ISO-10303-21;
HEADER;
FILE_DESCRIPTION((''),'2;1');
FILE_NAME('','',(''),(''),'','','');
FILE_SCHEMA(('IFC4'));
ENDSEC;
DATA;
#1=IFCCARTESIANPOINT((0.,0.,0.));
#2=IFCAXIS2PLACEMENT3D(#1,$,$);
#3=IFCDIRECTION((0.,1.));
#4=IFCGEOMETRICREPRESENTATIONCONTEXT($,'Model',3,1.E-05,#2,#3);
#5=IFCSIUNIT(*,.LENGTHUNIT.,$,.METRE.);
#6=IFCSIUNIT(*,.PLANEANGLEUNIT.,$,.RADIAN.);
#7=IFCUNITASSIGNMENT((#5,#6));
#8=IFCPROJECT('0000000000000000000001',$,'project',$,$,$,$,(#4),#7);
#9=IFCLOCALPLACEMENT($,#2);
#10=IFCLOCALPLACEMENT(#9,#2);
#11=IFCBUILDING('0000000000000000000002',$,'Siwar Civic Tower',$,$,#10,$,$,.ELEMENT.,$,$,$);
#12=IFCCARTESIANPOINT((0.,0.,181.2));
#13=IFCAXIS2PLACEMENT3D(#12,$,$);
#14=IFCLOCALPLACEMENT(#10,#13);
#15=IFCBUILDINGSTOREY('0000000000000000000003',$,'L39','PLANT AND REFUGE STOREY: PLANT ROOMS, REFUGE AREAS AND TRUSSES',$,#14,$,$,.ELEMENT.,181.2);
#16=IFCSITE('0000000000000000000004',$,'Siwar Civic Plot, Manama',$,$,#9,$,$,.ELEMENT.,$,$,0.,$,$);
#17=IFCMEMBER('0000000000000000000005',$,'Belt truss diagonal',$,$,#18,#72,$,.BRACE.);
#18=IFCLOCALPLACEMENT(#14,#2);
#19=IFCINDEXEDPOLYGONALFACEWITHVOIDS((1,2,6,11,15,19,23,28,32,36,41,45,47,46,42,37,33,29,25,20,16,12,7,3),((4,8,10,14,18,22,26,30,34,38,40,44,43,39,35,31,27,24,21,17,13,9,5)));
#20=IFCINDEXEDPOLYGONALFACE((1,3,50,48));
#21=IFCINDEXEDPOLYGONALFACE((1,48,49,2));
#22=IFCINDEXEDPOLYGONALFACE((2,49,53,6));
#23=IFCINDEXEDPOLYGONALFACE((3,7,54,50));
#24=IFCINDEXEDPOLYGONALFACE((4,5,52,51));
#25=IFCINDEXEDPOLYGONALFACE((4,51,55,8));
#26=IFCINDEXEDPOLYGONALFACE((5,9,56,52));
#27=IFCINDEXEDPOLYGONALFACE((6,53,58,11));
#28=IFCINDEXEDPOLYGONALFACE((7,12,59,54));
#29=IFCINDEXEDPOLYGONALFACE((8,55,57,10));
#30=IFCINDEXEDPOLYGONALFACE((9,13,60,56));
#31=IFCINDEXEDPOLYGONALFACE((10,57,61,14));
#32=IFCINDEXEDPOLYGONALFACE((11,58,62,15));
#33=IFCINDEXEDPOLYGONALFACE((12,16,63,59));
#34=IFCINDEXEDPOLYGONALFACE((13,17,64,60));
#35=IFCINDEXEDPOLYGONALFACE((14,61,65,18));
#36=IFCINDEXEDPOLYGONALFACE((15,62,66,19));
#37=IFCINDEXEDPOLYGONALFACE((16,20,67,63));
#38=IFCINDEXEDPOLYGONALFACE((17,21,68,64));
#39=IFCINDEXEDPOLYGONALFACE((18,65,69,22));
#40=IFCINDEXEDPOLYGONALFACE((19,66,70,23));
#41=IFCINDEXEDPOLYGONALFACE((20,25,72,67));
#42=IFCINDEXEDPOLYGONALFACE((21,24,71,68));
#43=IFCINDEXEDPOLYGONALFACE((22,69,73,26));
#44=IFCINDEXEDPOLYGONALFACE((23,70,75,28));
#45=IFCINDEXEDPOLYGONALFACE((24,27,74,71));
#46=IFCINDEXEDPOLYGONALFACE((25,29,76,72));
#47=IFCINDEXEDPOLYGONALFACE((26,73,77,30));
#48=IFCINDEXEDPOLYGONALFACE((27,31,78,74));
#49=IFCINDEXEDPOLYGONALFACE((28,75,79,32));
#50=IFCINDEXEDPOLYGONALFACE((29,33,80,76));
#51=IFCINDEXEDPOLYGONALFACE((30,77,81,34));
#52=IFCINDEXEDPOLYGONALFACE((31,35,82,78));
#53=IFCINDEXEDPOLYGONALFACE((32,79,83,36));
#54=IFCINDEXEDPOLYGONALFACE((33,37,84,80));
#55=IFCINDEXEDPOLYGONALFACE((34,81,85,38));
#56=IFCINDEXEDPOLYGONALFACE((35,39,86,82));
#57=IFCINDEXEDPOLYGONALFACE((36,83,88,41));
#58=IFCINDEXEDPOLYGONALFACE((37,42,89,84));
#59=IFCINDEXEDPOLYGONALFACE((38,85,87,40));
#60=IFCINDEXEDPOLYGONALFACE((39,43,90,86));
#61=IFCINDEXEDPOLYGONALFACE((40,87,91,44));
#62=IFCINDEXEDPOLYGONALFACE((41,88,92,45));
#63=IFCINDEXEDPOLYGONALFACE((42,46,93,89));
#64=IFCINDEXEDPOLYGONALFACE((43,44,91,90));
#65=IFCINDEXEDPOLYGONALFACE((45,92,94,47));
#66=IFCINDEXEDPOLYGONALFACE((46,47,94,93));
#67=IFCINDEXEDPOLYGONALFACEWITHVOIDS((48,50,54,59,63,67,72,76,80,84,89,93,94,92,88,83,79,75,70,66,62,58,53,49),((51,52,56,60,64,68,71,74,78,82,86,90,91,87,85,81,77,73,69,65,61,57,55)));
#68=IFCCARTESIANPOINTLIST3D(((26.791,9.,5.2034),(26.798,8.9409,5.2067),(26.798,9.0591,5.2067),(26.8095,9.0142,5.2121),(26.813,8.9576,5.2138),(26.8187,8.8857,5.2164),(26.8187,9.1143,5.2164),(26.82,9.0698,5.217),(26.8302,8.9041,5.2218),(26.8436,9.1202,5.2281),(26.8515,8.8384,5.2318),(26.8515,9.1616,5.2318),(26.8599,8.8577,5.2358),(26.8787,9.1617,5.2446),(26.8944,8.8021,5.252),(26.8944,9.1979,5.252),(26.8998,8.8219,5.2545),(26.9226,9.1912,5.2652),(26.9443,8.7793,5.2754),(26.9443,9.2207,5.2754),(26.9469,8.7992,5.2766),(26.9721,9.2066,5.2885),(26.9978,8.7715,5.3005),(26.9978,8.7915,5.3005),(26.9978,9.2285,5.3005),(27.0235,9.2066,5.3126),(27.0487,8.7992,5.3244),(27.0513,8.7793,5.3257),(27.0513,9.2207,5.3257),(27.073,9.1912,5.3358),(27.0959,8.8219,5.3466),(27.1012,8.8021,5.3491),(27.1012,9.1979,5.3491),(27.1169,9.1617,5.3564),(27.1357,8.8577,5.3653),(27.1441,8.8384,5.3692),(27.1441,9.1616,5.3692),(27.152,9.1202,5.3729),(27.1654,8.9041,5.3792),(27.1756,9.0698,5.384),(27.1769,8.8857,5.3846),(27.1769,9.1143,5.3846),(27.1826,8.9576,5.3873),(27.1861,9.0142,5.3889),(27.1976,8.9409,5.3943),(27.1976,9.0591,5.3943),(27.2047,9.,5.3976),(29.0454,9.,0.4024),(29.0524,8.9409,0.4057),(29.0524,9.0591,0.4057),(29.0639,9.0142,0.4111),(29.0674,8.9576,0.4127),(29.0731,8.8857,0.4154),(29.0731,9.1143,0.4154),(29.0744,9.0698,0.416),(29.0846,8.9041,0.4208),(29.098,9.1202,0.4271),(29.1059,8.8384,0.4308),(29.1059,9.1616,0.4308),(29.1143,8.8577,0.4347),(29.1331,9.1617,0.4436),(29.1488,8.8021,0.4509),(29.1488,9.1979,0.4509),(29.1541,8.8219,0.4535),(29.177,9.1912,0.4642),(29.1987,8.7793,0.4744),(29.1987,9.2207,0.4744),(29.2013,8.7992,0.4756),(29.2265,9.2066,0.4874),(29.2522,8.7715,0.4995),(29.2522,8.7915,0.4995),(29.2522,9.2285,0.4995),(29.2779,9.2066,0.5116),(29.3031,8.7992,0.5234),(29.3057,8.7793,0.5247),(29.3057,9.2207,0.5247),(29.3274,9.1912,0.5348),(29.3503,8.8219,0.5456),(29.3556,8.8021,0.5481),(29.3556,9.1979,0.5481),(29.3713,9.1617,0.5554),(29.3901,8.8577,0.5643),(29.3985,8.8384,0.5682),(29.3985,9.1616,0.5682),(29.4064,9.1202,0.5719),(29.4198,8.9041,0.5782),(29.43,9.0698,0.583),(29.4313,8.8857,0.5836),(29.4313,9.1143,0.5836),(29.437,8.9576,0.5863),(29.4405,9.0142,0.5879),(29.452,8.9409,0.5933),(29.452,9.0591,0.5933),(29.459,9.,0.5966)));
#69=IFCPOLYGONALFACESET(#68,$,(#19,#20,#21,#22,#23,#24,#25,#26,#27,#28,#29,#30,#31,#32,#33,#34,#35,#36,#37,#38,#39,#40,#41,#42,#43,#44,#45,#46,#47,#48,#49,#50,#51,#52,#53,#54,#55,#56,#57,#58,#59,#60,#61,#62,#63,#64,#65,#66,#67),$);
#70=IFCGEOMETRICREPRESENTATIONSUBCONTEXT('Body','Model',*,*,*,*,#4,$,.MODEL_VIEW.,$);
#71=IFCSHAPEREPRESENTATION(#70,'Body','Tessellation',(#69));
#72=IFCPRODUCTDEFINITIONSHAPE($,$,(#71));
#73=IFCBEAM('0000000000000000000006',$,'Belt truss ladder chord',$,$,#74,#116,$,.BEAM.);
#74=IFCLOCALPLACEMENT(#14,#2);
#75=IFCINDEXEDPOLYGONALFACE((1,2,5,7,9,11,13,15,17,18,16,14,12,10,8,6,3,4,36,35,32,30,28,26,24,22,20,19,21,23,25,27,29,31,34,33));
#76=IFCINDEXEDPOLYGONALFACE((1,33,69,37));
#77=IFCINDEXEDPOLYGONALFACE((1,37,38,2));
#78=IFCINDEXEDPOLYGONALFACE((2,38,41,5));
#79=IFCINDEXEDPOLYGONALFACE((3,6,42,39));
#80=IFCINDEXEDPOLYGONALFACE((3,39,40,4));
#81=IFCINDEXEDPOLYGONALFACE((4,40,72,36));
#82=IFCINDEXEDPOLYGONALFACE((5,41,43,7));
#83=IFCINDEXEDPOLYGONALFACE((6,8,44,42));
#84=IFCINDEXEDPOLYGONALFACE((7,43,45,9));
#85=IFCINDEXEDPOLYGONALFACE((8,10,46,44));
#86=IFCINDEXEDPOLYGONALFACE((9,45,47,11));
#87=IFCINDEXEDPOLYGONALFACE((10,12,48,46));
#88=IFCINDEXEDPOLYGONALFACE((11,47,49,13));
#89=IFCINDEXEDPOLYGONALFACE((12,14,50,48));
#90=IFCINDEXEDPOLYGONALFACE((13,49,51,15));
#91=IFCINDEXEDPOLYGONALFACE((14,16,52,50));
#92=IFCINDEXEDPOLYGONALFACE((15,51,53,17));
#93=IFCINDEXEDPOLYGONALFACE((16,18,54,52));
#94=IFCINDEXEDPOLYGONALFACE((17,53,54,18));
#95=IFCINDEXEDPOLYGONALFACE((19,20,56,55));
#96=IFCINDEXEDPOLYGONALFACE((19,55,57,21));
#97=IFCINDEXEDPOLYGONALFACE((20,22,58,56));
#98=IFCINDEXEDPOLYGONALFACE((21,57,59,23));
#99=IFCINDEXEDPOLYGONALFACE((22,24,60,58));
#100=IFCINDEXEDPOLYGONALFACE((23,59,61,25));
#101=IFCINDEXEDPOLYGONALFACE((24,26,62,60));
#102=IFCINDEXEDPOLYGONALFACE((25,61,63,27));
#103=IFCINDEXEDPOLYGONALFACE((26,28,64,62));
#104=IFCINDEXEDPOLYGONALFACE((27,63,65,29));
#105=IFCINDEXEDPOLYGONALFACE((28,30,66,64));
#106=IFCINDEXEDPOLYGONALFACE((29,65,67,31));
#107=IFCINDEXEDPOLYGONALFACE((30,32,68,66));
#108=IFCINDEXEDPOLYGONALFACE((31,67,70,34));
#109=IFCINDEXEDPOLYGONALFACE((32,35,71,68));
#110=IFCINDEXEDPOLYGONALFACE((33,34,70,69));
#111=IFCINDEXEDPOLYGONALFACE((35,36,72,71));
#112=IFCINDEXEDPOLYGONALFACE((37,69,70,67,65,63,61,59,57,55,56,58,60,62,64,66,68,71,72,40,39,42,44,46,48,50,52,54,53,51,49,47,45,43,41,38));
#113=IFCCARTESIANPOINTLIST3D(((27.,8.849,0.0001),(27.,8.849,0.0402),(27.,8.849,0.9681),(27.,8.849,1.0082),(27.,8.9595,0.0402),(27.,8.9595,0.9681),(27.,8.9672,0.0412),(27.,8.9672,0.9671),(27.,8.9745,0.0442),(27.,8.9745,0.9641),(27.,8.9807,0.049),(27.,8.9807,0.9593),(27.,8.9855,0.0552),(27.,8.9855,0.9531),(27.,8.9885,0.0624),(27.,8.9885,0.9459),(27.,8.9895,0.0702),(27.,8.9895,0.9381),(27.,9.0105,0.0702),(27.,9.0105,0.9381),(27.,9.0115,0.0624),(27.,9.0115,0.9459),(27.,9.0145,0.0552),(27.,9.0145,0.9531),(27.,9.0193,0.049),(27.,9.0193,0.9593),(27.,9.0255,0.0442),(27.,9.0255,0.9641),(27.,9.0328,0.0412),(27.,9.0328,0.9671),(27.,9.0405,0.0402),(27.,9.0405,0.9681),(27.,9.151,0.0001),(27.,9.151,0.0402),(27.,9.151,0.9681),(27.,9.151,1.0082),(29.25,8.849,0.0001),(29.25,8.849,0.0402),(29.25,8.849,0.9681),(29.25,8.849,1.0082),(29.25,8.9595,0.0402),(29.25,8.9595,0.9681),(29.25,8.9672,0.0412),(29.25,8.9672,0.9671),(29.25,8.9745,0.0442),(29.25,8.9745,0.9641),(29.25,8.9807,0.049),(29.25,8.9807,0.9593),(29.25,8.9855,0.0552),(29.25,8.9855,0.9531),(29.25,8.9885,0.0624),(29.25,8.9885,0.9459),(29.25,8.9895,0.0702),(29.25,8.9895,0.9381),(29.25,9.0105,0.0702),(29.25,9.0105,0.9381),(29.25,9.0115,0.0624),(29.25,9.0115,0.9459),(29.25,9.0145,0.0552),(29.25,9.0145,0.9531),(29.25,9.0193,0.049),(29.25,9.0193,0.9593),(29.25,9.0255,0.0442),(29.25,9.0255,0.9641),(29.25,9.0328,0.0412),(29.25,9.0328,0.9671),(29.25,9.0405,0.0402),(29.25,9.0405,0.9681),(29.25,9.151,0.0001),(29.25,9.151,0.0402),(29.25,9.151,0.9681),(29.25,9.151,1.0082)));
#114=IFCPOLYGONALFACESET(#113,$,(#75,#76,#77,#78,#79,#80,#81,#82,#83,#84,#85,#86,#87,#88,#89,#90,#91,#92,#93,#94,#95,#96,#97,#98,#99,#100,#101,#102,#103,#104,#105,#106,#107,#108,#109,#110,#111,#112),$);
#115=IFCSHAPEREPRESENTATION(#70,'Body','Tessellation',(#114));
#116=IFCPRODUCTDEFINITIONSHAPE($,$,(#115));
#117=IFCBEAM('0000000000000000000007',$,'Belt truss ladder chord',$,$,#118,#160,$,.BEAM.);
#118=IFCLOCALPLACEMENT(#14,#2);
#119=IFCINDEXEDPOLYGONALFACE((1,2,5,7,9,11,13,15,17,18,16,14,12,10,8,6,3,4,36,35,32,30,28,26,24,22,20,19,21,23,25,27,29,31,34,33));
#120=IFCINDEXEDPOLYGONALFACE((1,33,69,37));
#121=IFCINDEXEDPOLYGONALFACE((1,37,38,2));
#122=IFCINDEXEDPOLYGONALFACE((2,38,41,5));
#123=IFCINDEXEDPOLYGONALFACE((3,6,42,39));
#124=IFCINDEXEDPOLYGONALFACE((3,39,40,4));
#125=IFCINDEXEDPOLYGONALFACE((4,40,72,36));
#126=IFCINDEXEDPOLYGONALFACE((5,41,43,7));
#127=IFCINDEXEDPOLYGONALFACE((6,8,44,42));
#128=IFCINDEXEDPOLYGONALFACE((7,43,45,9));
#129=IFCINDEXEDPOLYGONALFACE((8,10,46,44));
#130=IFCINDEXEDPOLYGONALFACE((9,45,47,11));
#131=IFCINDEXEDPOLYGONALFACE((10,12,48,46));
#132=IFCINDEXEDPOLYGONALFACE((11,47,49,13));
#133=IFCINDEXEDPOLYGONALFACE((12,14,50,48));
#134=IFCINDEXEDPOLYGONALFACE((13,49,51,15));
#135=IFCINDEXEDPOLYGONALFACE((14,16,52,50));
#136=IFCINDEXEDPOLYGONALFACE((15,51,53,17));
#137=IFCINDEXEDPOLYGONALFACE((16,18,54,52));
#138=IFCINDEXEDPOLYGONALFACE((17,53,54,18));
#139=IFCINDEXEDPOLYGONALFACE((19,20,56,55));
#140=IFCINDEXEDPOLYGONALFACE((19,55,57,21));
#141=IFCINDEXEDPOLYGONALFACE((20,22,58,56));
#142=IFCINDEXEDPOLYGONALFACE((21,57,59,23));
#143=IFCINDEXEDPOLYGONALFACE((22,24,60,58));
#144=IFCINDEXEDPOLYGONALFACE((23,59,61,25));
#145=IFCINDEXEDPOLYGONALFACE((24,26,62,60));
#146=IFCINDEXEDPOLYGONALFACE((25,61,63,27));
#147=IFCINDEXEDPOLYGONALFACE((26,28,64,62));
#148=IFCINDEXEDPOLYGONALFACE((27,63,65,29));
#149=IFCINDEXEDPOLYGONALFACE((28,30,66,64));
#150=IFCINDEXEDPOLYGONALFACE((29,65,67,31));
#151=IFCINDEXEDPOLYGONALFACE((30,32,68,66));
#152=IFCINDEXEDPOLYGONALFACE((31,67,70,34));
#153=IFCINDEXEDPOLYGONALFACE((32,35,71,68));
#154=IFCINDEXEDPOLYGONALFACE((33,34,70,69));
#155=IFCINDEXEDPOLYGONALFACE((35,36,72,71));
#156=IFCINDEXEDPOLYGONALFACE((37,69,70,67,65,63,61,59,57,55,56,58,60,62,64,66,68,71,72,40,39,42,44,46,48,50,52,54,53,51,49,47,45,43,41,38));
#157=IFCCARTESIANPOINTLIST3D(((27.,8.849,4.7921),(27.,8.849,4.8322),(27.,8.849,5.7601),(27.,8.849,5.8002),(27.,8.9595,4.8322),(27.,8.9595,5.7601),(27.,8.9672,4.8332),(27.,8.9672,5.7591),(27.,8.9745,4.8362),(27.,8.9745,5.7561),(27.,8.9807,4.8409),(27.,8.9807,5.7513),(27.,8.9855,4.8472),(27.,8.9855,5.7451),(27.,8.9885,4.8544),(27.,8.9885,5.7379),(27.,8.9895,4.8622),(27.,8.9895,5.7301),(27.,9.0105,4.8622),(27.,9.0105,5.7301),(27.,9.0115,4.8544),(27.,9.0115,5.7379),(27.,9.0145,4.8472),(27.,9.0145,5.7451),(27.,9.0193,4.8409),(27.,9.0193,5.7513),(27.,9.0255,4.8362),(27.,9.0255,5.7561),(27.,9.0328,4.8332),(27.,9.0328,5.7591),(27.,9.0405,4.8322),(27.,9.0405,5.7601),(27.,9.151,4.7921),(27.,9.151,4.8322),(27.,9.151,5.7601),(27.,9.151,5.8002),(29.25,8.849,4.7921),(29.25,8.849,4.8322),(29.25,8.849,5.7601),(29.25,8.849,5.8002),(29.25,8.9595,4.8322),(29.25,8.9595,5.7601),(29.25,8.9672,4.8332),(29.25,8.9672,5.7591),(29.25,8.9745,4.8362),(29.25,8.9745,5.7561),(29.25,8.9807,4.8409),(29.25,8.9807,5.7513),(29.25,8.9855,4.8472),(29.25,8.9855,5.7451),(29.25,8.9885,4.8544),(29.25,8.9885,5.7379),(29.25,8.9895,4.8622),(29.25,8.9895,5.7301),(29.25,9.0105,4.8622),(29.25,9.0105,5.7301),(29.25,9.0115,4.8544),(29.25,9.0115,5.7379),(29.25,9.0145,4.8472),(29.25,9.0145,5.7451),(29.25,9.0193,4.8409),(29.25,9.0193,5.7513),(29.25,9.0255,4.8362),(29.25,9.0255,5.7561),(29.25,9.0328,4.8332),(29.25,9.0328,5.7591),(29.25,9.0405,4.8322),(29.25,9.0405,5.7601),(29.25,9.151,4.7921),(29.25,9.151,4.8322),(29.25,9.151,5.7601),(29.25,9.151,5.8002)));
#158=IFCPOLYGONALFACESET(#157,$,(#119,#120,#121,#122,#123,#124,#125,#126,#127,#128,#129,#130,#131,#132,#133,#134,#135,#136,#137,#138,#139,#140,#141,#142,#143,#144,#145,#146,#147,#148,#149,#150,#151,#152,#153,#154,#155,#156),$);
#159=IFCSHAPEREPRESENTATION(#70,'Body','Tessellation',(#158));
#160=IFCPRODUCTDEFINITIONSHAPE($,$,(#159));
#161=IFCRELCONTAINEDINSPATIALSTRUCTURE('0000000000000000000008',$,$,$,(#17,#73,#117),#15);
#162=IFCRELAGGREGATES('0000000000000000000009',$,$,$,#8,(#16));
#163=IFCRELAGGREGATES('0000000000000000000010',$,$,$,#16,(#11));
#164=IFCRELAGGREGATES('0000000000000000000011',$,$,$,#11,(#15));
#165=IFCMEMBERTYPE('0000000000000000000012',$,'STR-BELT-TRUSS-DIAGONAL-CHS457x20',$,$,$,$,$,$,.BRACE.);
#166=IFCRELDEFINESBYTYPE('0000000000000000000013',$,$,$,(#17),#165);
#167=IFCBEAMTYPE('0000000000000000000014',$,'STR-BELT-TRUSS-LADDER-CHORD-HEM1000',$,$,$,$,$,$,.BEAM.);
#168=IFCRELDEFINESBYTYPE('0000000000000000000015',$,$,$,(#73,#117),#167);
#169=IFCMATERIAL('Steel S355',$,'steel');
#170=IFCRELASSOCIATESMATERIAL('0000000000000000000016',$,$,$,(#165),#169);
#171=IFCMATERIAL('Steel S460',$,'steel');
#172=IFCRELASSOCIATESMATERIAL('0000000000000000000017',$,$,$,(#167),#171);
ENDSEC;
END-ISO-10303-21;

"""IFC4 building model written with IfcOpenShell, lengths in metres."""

from ifc_helpers import new_model, si_unit, direction, frame, origin, origin_2d, place, context, subcontext, project, spatial, hollow_circle, i_section, extrude, material, material_profile, profile_set, type_object, element, save


model = new_model("IFC4")

# Units and contexts
model_context = context("Model", 3, precision=1e-05, world=origin(), true_north=direction((0.0, 1.0)))
body_context = subcontext(model_context, "Body", "Model", "MODEL_VIEW")
ifc_project = project(units=[si_unit("LENGTHUNIT", "METRE"), si_unit("PLANEANGLEUNIT", "RADIAN")], contexts=[model_context])

# Site, building, storey
site_placement = place(None, origin())
site = spatial("IfcSite", under=ifc_project, at=site_placement, Name="Siwar Civic Plot, Manama", CompositionType="ELEMENT", RefElevation=0.0)
building_placement = place(site_placement, origin())
building = spatial("IfcBuilding", under=site, at=building_placement, Name="Siwar Civic Tower", CompositionType="ELEMENT")
storey_placement = place(building_placement, frame((0.0, 0.0, 181.2)))
storey = spatial("IfcBuildingStorey", under=building, at=storey_placement, Name="L39", Description="PLANT AND REFUGE STOREY: PLANT ROOMS, REFUGE AREAS AND TRUSSES", CompositionType="ELEMENT", Elevation=181.2)

# Member
ifc_material_1 = material(Name="Steel S355", Category="steel")
ifc_material_profile_1 = material_profile(ifc_material_1, hollow_circle(Radius=0.2285, WallThickness=0.02, at=origin_2d()), Name="CHS457x20")
ifc_profile_set_1 = profile_set([ifc_material_profile_1], Name="Steel S355")
member_type_1 = type_object("IfcMemberType", Name="STR-BELT-TRUSS-DIAGONAL-CHS457x20", PredefinedType="BRACE", material=ifc_profile_set_1)
member_1_placement = place(storey_placement, frame((29.2522, 9.0, 0.4995), z_axis=(-0.425039, 0.0, 0.905175), x_axis=(0.0, -1.0, 0.0)))
element("IfcMember", 1, at=member_1_placement, inside=storey, type_object=member_type_1, Name="Belt truss diagonal", PredefinedType="BRACE", context=body_context, shape_type="SweptSolid", body=[
    extrude(hollow_circle(Radius=0.2285, WallThickness=0.02, at=origin_2d()), origin(), (0.0, 0.0, 1.0), 5.304),
])

# Beams
ifc_material_2 = material(Name="Steel S460", Category="steel")
ifc_material_profile_2 = material_profile(ifc_material_2, i_section(OverallWidth=0.302, OverallDepth=1.0081, WebThickness=0.021, FlangeThickness=0.04, FilletRadius=0.03, at=origin_2d()), Name="HEM1000")
ifc_profile_set_2 = profile_set([ifc_material_profile_2], Name="Steel S460")
beam_type_1 = type_object("IfcBeamType", Name="STR-BELT-TRUSS-LADDER-CHORD-HEM1000", PredefinedType="BEAM", material=ifc_profile_set_2)
for number, where, z_axis, x_axis, name in (
    (2, (27.0, 9.0, 0.5042), (1.0, 0.0, 0.0), (0.0, 1.0, 0.0), "Belt truss ladder chord"),
    (3, (27.0, 9.0, 5.2961), (1.0, 0.0, 0.0), (0.0, 1.0, 0.0), "Belt truss ladder chord"),
):
    element("IfcBeam", number, at=place(storey_placement, frame(where, z_axis=z_axis, x_axis=x_axis)), inside=storey, type_object=beam_type_1, Name=name, PredefinedType="BEAM", context=body_context, shape_type="SweptSolid", body=[
        extrude(i_section(OverallWidth=0.302, OverallDepth=1.0081, WebThickness=0.021, FlangeThickness=0.04, FilletRadius=0.03, at=origin_2d()), origin(), (0.0, 0.0, 1.0), 2.25),
    ])

save(model, "model.ifc")
